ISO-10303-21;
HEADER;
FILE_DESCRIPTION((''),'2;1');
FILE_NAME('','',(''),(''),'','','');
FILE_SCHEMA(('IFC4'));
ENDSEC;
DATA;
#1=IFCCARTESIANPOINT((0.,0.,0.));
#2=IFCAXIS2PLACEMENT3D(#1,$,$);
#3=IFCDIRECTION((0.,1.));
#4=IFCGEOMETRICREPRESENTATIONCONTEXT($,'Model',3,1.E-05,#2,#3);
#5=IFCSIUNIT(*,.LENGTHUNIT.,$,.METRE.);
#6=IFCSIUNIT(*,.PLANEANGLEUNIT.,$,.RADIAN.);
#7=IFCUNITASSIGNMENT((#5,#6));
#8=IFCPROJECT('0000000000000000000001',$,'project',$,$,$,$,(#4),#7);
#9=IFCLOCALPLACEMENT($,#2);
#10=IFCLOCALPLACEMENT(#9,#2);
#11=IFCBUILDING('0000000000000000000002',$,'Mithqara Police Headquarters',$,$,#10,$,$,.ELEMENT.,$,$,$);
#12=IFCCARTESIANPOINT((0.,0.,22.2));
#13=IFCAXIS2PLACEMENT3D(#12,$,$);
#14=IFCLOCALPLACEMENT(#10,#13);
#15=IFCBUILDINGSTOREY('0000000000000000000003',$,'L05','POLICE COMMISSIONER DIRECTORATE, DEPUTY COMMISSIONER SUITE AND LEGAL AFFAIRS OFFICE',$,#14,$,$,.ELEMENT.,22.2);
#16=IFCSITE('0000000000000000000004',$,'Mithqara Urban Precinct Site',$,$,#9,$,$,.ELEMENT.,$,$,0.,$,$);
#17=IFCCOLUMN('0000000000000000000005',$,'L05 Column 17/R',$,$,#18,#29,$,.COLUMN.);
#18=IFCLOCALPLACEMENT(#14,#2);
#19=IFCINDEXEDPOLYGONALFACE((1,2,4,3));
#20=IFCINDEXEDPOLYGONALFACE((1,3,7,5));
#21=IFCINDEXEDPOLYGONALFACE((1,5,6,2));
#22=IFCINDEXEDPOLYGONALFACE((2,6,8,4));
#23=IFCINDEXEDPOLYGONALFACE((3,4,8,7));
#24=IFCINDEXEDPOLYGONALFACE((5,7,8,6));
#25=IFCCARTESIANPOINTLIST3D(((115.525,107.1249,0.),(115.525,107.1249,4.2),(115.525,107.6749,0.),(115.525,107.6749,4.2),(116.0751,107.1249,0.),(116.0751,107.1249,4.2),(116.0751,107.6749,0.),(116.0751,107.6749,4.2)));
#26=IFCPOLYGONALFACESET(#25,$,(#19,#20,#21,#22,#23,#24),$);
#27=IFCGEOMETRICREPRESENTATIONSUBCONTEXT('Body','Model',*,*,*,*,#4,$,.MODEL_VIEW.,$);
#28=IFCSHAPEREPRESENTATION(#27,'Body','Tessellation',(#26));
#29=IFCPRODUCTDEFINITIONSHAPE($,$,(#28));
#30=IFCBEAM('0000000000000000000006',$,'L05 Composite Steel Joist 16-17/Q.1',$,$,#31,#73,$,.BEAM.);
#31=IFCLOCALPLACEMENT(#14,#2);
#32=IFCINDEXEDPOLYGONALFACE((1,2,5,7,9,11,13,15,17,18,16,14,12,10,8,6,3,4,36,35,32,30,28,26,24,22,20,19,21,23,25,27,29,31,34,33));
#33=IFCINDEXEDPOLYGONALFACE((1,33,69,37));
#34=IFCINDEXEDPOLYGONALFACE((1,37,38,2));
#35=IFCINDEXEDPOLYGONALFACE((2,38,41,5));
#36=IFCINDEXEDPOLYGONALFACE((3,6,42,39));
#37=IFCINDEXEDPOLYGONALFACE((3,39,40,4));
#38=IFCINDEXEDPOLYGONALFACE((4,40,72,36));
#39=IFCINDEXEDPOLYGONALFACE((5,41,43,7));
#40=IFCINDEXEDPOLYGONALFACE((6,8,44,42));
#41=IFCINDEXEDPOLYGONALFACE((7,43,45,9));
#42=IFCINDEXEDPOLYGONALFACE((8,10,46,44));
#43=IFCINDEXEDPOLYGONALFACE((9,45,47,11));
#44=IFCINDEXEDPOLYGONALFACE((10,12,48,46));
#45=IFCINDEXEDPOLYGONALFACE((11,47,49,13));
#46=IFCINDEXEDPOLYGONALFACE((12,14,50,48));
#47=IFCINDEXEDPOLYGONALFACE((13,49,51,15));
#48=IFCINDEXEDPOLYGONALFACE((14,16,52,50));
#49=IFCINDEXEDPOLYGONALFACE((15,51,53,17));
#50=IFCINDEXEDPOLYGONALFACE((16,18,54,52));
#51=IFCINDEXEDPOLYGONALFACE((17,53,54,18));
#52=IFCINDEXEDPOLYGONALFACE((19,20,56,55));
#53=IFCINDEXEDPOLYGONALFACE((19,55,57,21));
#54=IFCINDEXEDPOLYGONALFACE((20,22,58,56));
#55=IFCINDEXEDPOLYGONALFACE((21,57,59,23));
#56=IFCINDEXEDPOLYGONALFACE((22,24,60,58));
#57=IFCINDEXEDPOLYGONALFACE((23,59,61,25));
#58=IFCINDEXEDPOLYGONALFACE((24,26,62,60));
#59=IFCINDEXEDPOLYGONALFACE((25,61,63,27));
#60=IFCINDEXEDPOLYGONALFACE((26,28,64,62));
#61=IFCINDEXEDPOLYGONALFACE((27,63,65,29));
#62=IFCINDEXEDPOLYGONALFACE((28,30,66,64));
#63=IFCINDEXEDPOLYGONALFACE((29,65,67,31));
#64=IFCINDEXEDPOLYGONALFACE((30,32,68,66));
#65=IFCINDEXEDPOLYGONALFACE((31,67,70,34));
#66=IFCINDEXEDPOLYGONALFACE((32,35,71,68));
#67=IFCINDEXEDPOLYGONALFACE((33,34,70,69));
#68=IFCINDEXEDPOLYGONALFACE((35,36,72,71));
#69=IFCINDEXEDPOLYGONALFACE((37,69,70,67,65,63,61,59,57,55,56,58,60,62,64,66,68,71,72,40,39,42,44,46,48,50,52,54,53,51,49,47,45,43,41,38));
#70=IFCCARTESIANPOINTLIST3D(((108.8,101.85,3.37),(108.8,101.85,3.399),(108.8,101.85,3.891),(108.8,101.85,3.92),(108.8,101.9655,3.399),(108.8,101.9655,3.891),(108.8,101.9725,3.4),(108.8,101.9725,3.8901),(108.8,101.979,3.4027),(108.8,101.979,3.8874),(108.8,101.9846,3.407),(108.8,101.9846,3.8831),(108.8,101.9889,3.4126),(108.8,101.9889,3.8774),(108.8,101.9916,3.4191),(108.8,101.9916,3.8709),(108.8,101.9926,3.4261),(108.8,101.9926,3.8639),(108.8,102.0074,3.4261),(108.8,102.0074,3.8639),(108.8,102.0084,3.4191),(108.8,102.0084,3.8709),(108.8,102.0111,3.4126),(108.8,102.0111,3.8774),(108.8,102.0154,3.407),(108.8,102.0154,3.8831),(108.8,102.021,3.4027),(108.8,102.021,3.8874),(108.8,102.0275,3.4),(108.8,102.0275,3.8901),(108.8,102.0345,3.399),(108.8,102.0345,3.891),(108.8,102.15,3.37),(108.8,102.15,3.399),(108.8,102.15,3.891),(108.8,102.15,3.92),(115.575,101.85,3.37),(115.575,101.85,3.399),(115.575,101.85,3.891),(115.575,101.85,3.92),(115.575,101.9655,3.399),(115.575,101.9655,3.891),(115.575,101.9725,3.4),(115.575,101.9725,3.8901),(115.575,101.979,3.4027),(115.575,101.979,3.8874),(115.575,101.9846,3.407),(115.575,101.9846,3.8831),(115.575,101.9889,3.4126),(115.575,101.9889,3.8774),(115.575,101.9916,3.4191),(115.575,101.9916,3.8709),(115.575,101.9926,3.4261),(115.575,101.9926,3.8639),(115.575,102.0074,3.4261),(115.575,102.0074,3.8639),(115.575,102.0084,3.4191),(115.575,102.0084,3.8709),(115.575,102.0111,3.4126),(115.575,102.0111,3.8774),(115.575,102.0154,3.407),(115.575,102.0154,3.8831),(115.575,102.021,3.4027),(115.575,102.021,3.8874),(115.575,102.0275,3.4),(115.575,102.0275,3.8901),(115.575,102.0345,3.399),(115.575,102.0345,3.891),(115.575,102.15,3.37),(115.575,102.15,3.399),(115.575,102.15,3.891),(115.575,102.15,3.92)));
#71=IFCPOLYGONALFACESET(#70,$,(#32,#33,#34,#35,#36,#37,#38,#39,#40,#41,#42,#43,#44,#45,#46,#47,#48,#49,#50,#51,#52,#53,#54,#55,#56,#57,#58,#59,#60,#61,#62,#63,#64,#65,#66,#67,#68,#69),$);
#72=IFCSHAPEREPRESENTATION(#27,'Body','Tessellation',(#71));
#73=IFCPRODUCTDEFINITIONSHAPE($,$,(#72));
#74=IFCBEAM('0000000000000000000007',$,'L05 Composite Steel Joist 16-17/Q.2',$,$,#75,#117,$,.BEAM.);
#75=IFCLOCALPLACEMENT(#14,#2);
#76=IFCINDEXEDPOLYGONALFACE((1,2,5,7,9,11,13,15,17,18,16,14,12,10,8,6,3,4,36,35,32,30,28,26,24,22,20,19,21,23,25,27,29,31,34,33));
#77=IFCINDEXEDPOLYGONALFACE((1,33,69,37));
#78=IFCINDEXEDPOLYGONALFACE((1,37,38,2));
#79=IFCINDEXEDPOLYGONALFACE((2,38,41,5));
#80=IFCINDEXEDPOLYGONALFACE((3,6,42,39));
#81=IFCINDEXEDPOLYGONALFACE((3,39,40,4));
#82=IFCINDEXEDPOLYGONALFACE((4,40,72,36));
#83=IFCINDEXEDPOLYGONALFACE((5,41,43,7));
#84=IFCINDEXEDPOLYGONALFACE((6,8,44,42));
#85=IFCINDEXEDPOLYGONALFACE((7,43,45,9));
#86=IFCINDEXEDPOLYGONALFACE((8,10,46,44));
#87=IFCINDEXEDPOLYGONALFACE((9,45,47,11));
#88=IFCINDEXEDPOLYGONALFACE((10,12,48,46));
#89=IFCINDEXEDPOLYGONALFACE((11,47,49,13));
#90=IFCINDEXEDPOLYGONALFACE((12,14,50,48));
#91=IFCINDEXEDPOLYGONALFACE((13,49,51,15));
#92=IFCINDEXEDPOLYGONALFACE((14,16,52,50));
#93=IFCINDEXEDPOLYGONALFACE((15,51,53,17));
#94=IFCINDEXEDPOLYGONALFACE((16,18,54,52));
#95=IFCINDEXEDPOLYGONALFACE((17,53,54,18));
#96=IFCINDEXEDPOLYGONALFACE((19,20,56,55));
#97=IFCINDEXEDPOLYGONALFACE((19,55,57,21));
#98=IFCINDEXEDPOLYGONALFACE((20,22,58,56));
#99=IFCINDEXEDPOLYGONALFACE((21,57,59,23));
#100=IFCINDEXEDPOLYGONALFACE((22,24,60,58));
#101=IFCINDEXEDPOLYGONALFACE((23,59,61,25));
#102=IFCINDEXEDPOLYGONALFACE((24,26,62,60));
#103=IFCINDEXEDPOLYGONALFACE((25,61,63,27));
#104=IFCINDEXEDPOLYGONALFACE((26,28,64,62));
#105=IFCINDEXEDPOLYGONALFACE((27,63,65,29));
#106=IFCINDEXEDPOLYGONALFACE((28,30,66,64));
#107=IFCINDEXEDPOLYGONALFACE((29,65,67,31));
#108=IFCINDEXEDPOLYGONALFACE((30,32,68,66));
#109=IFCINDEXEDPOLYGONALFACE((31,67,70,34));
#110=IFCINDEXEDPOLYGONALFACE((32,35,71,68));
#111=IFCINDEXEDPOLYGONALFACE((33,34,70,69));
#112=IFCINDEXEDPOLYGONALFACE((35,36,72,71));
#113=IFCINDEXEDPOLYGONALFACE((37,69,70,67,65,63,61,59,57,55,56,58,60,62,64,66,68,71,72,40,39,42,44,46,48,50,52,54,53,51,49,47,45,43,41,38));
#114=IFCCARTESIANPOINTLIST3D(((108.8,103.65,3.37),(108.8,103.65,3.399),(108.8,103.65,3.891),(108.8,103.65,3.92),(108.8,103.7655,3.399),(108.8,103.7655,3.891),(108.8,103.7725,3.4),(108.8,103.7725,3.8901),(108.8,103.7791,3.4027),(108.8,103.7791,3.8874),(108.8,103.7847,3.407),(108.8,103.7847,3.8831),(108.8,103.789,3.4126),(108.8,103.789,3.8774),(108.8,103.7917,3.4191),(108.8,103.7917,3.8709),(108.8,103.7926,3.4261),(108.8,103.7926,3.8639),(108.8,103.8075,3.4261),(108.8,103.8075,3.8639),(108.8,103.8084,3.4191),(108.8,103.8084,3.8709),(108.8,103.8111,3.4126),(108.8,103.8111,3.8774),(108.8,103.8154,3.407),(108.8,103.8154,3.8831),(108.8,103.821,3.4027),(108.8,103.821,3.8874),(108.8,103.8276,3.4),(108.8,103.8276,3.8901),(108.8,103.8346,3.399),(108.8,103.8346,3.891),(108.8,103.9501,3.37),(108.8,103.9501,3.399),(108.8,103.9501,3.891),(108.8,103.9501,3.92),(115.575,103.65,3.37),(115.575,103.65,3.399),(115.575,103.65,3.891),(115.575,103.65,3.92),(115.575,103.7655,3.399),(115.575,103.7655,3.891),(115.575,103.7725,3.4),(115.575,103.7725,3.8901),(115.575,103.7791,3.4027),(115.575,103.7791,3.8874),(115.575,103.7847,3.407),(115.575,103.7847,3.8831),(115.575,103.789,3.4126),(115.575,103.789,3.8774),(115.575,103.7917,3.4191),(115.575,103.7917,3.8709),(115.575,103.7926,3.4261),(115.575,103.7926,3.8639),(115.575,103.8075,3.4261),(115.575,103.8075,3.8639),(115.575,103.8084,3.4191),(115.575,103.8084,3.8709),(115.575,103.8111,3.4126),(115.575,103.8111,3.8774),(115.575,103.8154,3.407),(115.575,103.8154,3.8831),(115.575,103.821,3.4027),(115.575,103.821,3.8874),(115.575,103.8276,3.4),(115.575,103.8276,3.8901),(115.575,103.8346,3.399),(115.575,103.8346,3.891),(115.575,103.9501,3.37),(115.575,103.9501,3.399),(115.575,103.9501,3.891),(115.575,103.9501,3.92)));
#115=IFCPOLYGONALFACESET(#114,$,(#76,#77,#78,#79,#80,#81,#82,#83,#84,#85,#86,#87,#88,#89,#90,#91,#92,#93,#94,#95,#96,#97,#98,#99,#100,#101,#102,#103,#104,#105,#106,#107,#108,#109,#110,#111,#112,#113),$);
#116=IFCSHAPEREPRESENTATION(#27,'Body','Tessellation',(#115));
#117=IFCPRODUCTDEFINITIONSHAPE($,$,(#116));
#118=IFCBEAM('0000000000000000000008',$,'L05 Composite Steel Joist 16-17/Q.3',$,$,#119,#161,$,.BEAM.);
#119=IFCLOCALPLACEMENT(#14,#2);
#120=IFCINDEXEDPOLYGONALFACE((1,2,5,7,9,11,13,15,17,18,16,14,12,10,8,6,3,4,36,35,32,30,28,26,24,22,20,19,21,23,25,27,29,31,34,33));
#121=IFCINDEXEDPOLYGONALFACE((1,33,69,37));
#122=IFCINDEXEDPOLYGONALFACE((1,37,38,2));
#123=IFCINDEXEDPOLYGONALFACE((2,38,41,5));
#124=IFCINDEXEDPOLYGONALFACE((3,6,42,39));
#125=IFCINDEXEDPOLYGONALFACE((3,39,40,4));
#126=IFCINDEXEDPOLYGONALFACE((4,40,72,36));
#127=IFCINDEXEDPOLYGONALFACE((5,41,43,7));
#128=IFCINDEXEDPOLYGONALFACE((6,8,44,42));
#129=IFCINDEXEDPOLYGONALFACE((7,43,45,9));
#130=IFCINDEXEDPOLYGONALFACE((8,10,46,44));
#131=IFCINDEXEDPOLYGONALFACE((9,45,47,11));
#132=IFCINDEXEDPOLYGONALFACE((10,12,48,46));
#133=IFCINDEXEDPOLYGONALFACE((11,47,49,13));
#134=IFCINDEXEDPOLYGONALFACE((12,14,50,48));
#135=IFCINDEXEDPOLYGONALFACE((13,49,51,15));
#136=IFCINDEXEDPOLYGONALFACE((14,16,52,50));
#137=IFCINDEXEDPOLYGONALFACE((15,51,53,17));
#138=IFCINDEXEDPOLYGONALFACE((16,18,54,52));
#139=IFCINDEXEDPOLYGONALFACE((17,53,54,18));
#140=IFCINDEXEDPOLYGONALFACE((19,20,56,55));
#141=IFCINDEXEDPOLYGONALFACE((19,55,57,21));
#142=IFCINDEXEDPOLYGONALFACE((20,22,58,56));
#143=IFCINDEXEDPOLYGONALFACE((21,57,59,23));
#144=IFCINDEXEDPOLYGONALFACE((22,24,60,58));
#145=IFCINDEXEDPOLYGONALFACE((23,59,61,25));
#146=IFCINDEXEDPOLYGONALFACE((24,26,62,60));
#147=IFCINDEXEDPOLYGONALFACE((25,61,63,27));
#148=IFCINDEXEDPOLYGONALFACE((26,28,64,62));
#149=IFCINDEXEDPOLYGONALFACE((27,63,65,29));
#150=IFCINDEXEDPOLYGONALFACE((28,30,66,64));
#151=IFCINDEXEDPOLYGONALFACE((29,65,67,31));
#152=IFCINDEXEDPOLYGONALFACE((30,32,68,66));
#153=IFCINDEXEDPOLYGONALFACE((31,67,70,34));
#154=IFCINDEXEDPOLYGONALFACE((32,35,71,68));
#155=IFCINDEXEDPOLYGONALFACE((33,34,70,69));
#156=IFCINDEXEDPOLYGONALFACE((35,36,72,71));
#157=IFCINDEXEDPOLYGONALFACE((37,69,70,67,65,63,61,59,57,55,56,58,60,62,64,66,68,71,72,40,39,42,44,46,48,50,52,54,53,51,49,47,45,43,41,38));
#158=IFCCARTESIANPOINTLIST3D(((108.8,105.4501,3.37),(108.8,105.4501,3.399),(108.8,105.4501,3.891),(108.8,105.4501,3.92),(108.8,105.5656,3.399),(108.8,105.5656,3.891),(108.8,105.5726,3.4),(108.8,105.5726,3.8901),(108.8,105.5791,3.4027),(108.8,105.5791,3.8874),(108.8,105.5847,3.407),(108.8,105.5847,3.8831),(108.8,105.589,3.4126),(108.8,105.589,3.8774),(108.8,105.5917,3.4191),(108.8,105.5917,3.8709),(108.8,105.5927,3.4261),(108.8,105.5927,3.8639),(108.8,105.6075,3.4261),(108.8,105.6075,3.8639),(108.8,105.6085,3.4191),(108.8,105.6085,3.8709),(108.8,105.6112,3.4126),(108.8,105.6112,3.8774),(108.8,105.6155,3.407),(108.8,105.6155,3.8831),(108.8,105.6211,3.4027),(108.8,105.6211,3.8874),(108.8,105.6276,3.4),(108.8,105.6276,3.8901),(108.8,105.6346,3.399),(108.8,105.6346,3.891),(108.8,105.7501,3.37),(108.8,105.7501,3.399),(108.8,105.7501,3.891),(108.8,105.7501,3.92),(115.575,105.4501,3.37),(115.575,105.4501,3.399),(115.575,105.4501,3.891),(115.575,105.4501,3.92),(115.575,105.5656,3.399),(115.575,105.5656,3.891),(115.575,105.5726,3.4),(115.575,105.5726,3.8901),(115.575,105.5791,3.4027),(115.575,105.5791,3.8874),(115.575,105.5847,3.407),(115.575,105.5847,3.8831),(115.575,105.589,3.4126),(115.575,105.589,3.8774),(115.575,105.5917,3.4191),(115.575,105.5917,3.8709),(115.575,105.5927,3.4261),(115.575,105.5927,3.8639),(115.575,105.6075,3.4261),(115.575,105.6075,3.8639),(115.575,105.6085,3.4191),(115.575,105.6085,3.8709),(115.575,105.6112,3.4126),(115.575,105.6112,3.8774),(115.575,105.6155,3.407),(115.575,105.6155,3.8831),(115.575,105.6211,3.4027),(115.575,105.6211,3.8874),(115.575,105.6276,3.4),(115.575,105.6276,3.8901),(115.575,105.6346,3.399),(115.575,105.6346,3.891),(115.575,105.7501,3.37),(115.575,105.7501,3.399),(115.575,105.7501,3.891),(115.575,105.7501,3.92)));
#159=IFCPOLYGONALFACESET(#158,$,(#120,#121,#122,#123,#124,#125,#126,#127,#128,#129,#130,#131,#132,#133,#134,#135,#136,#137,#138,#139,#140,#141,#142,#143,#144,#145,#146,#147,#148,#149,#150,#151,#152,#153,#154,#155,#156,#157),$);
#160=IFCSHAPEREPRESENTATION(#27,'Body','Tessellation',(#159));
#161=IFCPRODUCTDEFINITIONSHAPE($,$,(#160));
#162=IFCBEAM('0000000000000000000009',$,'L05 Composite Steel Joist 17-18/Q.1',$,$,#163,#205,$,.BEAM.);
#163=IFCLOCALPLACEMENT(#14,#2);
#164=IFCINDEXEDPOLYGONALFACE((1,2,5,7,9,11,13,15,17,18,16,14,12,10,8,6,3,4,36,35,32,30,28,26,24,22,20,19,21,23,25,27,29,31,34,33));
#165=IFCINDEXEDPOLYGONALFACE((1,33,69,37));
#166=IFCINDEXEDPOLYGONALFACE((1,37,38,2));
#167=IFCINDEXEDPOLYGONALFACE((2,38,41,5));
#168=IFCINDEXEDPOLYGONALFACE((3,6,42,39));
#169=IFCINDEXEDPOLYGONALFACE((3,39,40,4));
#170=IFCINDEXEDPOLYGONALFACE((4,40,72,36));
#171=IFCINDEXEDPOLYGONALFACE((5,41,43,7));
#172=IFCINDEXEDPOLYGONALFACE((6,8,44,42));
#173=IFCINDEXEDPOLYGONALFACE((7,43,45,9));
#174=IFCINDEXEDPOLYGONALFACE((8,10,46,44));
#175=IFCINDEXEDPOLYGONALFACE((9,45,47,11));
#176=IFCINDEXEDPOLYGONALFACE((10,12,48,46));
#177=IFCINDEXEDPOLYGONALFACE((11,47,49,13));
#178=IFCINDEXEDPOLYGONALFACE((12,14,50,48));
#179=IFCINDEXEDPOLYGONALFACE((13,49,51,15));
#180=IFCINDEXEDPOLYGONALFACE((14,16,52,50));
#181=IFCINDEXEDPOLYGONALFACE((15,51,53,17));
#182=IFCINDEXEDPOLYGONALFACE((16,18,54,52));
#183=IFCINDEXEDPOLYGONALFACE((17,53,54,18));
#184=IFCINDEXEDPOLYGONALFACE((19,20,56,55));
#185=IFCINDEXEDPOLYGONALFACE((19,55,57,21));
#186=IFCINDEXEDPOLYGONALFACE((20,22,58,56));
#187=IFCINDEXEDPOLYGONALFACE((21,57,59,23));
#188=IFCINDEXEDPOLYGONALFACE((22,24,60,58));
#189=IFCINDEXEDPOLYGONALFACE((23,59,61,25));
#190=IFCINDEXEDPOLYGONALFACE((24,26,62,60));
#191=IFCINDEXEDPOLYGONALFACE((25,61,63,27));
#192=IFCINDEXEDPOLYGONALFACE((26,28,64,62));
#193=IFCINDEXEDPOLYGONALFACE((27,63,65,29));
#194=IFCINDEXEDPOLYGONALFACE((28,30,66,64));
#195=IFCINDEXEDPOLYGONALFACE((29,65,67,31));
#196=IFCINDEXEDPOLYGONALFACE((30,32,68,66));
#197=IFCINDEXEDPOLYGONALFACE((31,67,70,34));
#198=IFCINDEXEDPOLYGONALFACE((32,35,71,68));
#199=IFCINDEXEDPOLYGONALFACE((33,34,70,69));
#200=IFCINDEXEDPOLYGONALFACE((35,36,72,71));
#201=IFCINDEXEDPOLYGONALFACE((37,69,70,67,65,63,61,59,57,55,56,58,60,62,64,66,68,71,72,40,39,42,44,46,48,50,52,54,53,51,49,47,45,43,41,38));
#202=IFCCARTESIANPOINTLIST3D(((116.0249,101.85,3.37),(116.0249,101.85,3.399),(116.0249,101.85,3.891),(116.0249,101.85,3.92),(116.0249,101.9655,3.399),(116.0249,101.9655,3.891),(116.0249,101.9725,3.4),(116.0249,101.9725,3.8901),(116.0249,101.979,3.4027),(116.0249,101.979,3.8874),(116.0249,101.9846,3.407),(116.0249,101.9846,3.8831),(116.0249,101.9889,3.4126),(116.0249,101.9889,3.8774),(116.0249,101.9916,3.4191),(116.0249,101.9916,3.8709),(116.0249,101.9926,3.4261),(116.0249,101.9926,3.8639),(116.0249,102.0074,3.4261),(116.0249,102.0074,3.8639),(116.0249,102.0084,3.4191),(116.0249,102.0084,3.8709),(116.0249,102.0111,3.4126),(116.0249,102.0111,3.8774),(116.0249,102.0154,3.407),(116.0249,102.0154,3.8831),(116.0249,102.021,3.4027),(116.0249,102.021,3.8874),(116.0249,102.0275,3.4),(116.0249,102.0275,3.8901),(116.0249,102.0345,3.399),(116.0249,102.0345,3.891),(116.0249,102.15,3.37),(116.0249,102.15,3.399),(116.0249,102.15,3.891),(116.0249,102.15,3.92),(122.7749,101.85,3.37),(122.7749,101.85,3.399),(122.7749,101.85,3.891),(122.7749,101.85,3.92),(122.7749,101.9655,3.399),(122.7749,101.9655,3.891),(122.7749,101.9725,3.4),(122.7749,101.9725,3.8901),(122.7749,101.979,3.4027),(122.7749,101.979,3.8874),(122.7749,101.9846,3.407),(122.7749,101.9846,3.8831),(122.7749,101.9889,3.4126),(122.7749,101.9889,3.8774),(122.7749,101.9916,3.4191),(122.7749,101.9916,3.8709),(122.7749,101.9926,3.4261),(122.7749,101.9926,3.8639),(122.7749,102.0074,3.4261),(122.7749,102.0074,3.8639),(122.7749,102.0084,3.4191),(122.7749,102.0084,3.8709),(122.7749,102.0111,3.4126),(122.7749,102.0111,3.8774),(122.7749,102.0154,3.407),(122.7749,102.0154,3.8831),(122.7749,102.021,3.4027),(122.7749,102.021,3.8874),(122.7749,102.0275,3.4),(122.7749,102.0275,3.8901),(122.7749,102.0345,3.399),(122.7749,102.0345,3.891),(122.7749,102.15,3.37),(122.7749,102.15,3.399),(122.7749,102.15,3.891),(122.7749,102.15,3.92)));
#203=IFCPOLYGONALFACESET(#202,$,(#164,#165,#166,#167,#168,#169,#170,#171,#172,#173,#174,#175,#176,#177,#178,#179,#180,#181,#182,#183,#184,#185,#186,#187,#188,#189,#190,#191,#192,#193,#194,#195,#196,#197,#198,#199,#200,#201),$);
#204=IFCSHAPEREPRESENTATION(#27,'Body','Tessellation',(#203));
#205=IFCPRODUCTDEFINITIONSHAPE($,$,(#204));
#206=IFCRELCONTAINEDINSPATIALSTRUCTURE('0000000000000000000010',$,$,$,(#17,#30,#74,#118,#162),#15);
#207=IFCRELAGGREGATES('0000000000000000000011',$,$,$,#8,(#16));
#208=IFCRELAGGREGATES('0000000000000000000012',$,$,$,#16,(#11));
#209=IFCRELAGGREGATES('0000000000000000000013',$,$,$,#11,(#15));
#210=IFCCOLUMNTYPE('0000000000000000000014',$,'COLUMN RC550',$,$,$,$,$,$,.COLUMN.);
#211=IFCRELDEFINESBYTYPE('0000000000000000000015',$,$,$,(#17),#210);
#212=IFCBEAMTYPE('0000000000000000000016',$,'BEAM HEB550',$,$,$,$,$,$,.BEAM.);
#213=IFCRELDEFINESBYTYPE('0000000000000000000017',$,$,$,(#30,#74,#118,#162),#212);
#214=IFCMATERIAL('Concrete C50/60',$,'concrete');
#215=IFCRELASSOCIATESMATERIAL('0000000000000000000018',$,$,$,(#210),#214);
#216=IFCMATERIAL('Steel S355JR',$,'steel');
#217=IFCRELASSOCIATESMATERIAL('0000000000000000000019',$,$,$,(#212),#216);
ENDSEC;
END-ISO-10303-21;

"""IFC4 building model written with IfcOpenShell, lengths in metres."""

from ifc_helpers import new_model, si_unit, direction, frame, origin, origin_2d, place, context, subcontext, project, spatial, rectangle, i_section, extrude, material, material_profile, profile_set, type_object, element, save


model = new_model("IFC4")

# Units and contexts
model_context = context("Model", 3, precision=1e-05, world=origin(), true_north=direction((0.0, 1.0)))
body_context = subcontext(model_context, "Body", "Model", "MODEL_VIEW")
ifc_project = project(units=[si_unit("LENGTHUNIT", "METRE"), si_unit("PLANEANGLEUNIT", "RADIAN")], contexts=[model_context])

# Site, building, storey
site_placement = place(None, origin())
site = spatial("IfcSite", under=ifc_project, at=site_placement, Name="Mithqara Urban Precinct Site", CompositionType="ELEMENT", RefElevation=0.0)
building_placement = place(site_placement, origin())
building = spatial("IfcBuilding", under=site, at=building_placement, Name="Mithqara Police Headquarters", CompositionType="ELEMENT")
storey_placement = place(building_placement, frame((0.0, 0.0, 22.2)))
storey = spatial("IfcBuildingStorey", under=building, at=storey_placement, Name="L05", Description="POLICE COMMISSIONER DIRECTORATE, DEPUTY COMMISSIONER SUITE AND LEGAL AFFAIRS OFFICE", CompositionType="ELEMENT", Elevation=22.2)

# Column
ifc_material_1 = material(Name="Concrete C50/60", Category="concrete")
ifc_material_profile_1 = material_profile(ifc_material_1, rectangle(XDim=0.55, YDim=0.55, at=origin_2d()), Name="RC 550x550")
ifc_profile_set_1 = profile_set([ifc_material_profile_1], Name="Concrete C50/60")
column_type = type_object("IfcColumnType", Name="COLUMN RC550", PredefinedType="COLUMN", material=ifc_profile_set_1)
column_placement = place(storey_placement, frame((115.8, 107.3999, 0.0), z_axis=(0.0, 0.0, 1.0), x_axis=(1.0, 0.0, 0.0)))
element("IfcColumn", 1, at=column_placement, inside=storey, type_object=column_type, Name="L05 Column 17/R", PredefinedType="COLUMN", context=body_context, shape_type="SweptSolid", body=[
    extrude(rectangle(XDim=0.55, YDim=0.55, at=origin_2d()), origin(), (0.0, 0.0, 1.0), 4.2),
])

# Beams
ifc_material_2 = material(Name="Steel S355JR", Category="steel")
ifc_material_profile_2 = material_profile(ifc_material_2, i_section(OverallWidth=0.3, OverallDepth=0.55, WebThickness=0.0149, FlangeThickness=0.0291, FilletRadius=0.0271, at=origin_2d()), Name="HEB 550")
ifc_profile_set_2 = profile_set([ifc_material_profile_2], Name="Steel S355JR")
beam_type_1 = type_object("IfcBeamType", Name="BEAM HEB550", PredefinedType="BEAM", material=ifc_profile_set_2)
for number, where, z_axis, x_axis, name in (
    (2, (108.8, 102.0, 3.645), (1.0, 0.0, 0.0), (0.0, 1.0, 0.0), "L05 Composite Steel Joist 16-17/Q.1"),
    (3, (108.8, 103.8, 3.645), (1.0, 0.0, 0.0), (0.0, 1.0, 0.0), "L05 Composite Steel Joist 16-17/Q.2"),
    (4, (108.8, 105.6001, 3.645), (1.0, 0.0, 0.0), (0.0, 1.0, 0.0), "L05 Composite Steel Joist 16-17/Q.3"),
):
    element("IfcBeam", number, at=place(storey_placement, frame(where, z_axis=z_axis, x_axis=x_axis)), inside=storey, type_object=beam_type_1, Name=name, PredefinedType="BEAM", context=body_context, shape_type="SweptSolid", body=[
        extrude(i_section(OverallWidth=0.3, OverallDepth=0.55, WebThickness=0.0149, FlangeThickness=0.0291, FilletRadius=0.0271, at=origin_2d()), origin(), (0.0, 0.0, 1.0), 6.7749),
    ])
for number, where, z_axis, x_axis, name in (
    (5, (116.0249, 102.0, 3.645), (1.0, 0.0, 0.0), (0.0, 1.0, 0.0), "L05 Composite Steel Joist 17-18/Q.1"),
):
    element("IfcBeam", number, at=place(storey_placement, frame(where, z_axis=z_axis, x_axis=x_axis)), inside=storey, type_object=beam_type_1, Name=name, PredefinedType="BEAM", context=body_context, shape_type="SweptSolid", body=[
        extrude(i_section(OverallWidth=0.3, OverallDepth=0.55, WebThickness=0.0149, FlangeThickness=0.0291, FilletRadius=0.0271, at=origin_2d()), origin(), (0.0, 0.0, 1.0), 6.75),
    ])

save(model, "model.ifc")
